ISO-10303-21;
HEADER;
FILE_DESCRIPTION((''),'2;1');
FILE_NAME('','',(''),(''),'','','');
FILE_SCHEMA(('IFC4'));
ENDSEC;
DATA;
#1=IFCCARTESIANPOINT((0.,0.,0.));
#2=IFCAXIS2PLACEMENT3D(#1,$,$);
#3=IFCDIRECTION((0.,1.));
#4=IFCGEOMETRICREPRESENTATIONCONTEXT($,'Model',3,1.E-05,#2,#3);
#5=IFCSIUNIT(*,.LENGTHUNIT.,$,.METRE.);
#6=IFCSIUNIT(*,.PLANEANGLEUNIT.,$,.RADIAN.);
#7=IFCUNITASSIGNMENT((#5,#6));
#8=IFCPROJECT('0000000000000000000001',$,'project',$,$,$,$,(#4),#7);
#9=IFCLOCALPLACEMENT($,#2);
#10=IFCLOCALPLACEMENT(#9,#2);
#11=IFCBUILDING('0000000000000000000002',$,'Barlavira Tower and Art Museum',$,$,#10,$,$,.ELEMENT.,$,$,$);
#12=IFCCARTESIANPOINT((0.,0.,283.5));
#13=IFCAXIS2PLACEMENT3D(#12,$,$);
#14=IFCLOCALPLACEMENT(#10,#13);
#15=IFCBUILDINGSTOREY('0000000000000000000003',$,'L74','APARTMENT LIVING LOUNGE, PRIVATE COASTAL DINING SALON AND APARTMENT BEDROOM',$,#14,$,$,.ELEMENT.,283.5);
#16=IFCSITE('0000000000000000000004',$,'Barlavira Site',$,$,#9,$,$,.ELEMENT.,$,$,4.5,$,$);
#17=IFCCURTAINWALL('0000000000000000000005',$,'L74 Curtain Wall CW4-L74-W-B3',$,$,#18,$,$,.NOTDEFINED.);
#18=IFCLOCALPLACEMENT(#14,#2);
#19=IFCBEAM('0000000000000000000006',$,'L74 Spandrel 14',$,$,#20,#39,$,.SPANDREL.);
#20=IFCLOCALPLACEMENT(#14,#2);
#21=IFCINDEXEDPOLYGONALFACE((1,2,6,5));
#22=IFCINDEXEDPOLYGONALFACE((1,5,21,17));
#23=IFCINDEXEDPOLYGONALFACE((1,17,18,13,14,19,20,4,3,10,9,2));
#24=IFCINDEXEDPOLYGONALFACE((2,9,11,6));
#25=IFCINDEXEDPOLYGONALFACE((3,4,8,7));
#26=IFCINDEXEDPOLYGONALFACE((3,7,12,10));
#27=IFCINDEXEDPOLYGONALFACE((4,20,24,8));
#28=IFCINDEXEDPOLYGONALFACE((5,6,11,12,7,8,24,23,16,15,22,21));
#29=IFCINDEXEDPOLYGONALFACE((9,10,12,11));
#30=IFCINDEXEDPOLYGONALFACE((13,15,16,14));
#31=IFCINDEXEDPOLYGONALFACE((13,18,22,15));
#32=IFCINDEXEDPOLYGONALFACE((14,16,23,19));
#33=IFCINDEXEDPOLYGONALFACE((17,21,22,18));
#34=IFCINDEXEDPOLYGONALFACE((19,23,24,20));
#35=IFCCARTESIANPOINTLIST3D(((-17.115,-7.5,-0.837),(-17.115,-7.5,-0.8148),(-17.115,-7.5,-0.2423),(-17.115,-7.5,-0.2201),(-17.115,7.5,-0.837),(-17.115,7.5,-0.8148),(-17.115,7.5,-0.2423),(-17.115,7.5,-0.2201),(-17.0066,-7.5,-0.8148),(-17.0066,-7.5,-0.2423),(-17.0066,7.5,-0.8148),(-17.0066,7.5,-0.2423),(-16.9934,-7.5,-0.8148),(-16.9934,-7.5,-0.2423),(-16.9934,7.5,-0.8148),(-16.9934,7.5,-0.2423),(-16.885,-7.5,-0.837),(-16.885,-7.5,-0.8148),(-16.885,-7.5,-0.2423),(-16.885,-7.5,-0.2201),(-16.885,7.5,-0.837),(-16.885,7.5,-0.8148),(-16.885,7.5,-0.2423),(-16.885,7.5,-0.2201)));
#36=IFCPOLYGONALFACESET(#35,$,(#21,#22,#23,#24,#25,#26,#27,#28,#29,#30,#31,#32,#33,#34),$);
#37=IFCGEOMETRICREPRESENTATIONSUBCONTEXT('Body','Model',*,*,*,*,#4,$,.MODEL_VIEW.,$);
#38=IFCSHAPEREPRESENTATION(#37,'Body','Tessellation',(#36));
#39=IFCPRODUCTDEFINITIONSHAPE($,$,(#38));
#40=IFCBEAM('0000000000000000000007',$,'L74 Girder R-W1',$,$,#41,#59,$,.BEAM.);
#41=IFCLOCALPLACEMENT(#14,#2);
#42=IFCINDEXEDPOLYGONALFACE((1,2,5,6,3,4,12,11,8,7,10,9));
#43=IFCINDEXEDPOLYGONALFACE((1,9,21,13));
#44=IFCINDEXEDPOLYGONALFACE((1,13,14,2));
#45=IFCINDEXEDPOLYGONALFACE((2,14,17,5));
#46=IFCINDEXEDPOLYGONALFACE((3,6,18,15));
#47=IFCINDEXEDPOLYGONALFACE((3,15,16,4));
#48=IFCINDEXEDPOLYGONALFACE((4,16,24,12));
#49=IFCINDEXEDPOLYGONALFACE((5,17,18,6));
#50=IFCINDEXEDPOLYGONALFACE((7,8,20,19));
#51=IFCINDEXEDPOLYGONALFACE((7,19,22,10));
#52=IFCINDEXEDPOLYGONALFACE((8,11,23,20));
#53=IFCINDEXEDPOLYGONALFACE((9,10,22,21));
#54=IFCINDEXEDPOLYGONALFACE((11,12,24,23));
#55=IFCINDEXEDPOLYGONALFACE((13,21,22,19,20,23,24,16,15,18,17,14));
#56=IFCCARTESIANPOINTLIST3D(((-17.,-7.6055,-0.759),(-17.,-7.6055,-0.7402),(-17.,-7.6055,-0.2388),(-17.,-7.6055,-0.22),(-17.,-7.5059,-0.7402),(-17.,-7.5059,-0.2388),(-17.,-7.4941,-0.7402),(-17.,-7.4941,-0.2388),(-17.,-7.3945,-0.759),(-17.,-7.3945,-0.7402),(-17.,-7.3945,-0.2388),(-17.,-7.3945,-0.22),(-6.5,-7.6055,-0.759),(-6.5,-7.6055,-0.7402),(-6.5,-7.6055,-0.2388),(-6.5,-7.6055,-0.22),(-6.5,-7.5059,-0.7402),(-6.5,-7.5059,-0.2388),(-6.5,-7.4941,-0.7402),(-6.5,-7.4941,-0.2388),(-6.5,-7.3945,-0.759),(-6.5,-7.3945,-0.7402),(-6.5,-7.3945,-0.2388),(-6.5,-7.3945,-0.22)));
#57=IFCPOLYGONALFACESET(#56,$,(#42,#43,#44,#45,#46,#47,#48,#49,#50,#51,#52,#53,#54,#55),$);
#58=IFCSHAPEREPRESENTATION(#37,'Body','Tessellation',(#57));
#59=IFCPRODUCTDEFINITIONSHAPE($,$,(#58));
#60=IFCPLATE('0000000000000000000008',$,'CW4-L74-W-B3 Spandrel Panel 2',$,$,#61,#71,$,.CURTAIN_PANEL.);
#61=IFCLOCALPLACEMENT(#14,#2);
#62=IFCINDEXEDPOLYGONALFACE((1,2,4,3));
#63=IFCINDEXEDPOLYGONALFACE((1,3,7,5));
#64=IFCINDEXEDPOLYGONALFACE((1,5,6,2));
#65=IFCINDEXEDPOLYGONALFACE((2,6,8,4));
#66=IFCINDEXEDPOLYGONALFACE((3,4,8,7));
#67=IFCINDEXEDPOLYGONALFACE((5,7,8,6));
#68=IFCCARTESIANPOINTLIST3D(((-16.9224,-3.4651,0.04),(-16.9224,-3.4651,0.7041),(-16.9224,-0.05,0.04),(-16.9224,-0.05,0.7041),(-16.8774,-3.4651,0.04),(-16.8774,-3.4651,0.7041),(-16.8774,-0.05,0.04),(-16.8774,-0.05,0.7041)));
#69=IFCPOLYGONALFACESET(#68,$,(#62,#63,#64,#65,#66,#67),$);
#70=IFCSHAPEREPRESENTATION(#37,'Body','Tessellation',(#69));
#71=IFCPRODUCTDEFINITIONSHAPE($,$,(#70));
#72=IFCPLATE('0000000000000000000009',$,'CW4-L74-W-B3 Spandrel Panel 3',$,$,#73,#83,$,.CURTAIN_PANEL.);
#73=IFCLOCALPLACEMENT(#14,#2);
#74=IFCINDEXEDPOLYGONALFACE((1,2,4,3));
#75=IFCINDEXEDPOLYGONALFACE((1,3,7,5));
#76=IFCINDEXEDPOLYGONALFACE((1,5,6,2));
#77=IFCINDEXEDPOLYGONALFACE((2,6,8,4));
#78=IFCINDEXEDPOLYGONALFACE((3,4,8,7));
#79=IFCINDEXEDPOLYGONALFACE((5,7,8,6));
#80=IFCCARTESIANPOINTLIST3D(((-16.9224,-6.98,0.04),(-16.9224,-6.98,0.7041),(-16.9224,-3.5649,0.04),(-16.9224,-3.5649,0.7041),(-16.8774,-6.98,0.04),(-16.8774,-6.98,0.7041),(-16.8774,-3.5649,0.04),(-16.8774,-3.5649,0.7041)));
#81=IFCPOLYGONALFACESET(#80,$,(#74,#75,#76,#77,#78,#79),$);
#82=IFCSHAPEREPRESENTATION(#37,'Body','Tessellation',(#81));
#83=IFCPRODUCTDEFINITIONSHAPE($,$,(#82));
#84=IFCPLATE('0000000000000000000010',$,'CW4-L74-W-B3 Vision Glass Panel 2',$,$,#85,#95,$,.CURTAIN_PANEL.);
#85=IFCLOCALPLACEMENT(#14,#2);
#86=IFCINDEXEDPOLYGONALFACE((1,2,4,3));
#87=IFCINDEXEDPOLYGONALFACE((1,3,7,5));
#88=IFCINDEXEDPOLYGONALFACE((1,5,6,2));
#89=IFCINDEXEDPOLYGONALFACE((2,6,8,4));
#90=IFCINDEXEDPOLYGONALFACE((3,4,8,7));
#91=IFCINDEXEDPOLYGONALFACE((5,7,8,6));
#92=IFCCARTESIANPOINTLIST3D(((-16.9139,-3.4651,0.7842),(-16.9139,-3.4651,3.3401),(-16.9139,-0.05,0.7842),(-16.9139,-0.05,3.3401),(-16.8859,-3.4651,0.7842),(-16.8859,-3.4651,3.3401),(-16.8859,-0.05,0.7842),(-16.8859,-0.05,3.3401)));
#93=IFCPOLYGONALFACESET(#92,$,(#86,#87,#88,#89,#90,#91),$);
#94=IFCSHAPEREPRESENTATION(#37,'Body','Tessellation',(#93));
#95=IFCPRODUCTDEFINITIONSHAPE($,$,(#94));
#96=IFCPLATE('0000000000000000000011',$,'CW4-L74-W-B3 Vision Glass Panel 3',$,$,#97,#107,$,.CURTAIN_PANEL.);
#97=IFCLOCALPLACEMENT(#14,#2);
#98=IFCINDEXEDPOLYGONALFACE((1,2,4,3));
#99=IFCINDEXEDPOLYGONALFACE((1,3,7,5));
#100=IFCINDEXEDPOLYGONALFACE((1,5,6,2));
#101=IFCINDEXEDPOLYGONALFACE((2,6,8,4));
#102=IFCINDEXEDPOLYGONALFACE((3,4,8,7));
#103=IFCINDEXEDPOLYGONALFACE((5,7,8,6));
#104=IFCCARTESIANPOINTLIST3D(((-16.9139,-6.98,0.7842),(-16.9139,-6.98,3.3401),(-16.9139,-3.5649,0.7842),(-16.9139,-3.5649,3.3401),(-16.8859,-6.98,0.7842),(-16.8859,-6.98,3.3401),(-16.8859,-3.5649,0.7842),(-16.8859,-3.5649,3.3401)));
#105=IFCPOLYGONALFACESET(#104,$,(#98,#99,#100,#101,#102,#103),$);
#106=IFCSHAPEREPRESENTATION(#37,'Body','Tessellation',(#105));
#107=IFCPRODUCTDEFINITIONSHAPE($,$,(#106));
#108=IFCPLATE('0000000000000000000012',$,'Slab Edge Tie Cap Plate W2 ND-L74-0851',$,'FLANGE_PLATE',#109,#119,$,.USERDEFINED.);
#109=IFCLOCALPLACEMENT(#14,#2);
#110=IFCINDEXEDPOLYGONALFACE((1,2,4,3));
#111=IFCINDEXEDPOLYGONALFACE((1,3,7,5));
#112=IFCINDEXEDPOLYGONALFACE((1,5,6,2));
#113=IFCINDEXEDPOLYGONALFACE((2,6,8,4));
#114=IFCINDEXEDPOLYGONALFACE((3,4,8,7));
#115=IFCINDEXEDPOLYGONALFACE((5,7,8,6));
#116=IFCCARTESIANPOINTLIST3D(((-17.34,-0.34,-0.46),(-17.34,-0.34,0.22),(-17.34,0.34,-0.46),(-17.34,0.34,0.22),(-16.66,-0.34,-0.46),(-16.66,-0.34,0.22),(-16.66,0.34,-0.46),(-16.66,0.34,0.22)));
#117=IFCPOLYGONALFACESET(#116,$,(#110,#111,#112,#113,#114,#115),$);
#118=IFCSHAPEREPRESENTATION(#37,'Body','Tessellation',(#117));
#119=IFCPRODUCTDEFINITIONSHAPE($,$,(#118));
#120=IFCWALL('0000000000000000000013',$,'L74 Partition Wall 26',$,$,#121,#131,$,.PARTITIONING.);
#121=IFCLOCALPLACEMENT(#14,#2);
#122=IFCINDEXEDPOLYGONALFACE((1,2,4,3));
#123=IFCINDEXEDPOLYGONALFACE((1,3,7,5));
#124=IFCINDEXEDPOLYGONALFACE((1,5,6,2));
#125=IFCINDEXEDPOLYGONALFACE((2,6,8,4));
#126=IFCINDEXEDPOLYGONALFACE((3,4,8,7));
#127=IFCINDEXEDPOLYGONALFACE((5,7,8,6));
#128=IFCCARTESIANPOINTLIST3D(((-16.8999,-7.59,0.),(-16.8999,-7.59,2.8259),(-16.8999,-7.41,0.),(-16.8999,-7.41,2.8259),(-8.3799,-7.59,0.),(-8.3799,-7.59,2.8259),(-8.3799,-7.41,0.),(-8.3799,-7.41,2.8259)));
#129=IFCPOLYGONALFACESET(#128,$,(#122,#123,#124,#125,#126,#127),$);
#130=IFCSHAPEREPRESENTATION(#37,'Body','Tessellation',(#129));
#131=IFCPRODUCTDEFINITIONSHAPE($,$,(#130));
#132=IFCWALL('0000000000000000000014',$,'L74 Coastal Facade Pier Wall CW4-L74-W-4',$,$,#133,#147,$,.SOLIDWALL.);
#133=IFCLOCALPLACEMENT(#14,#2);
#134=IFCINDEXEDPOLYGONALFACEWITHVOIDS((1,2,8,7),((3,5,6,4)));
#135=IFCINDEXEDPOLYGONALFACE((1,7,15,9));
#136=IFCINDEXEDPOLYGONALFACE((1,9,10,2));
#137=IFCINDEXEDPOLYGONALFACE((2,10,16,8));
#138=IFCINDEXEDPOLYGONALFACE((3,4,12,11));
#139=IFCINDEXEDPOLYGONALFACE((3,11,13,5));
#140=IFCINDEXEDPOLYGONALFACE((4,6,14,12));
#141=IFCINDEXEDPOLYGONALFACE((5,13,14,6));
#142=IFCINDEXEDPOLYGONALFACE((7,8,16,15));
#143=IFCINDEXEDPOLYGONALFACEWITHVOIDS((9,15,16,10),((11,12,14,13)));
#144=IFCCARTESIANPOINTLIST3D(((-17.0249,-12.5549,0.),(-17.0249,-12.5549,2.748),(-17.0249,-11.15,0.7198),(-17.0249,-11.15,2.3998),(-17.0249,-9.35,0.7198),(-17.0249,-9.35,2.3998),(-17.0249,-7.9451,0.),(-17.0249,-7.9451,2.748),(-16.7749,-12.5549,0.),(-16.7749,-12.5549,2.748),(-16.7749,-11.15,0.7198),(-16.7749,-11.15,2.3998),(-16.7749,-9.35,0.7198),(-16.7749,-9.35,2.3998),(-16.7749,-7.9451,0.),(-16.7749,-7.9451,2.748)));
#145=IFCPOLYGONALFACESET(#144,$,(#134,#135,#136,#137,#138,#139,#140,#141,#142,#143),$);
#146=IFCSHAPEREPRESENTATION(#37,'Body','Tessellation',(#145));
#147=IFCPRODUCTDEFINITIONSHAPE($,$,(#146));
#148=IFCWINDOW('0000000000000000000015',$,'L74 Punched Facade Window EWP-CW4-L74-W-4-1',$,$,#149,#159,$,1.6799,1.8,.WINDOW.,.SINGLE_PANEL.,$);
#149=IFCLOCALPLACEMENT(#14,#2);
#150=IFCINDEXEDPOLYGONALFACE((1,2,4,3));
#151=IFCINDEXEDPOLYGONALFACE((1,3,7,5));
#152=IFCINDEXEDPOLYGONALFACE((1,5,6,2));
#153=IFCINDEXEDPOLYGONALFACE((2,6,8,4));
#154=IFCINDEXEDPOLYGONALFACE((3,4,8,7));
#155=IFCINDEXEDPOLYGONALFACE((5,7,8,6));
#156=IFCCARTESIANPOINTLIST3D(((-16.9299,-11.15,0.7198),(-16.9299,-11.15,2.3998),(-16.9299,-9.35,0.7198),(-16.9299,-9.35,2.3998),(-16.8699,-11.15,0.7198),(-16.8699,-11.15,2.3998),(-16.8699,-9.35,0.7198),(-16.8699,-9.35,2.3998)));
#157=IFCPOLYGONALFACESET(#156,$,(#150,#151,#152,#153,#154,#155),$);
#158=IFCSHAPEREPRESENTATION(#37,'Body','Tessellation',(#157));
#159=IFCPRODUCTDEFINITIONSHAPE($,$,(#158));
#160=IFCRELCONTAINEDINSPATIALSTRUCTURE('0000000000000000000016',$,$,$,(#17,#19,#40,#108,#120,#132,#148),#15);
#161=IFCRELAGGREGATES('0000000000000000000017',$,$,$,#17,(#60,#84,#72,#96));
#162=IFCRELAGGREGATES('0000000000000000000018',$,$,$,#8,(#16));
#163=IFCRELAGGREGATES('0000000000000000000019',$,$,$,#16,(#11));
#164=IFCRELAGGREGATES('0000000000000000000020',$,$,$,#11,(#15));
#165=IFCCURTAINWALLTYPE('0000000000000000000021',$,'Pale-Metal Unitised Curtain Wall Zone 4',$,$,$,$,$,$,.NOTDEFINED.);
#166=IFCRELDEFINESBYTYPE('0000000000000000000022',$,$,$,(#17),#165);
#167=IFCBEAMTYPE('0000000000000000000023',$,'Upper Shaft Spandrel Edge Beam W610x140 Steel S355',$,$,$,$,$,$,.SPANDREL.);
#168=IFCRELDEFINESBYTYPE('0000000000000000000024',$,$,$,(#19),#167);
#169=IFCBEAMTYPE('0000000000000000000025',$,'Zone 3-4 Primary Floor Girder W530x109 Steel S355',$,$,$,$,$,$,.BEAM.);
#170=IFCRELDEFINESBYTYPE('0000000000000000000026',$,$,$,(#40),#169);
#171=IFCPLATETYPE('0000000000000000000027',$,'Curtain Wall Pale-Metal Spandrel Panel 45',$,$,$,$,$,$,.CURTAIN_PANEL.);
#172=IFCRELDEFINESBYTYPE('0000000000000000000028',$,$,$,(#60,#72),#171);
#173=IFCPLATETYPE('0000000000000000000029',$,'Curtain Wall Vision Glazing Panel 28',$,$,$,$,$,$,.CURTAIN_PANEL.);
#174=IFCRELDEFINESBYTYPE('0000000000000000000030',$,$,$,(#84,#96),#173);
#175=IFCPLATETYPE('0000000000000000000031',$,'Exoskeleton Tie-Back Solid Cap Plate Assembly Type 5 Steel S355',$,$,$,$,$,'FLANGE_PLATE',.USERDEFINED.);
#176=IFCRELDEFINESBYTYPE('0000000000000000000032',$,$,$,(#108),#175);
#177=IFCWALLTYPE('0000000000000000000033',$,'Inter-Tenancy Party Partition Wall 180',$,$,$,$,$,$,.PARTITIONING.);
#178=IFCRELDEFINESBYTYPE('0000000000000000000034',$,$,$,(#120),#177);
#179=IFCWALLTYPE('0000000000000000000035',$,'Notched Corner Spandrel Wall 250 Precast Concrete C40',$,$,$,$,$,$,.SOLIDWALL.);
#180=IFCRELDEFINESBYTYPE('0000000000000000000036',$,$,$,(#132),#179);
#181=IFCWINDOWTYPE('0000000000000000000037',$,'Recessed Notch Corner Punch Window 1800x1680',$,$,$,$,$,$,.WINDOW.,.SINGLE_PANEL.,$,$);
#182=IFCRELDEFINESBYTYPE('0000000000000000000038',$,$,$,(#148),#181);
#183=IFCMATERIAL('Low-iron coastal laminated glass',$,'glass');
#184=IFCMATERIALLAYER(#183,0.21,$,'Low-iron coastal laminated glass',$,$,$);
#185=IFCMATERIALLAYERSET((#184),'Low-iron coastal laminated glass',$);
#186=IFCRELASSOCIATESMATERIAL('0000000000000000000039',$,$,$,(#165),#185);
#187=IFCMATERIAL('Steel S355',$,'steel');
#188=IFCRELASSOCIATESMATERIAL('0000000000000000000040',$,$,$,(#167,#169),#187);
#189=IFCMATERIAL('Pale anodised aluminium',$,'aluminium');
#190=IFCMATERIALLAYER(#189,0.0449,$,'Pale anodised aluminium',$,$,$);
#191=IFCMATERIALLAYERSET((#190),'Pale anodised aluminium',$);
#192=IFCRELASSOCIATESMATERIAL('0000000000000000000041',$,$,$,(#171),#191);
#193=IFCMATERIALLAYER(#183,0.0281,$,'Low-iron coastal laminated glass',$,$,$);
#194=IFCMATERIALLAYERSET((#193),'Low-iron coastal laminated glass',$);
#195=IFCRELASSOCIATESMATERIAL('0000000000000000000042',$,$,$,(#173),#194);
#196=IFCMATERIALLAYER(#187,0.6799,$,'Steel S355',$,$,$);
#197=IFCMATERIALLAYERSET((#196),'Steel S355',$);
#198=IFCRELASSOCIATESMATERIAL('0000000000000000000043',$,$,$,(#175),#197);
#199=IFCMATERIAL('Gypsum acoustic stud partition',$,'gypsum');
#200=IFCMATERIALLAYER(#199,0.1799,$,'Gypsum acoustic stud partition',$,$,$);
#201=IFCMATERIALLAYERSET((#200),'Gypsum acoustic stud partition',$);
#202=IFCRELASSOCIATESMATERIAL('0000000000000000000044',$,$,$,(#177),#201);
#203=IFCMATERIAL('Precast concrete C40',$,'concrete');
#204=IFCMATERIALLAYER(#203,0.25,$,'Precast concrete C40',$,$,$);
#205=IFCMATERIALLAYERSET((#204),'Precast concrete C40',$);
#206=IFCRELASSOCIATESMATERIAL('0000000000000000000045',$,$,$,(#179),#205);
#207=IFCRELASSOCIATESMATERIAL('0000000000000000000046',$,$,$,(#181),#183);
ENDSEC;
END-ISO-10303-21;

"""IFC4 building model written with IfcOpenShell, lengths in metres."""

from ifc_helpers import new_model, si_unit, direction, frame, frame_2d, origin, origin_2d, place, context, subcontext, project, spatial, rectangle, i_section, extrude, material, layer, layer_set, material_profile, profile_set, type_object, element, fill, aggregate, save


model = new_model("IFC4")

# Units and contexts
model_context = context("Model", 3, precision=1e-05, world=origin(), true_north=direction((0.0, 1.0)))
body_context = subcontext(model_context, "Body", "Model", "MODEL_VIEW")
ifc_project = project(units=[si_unit("LENGTHUNIT", "METRE"), si_unit("PLANEANGLEUNIT", "RADIAN")], contexts=[model_context])

# Site, building, storey
site_placement = place(None, origin())
site = spatial("IfcSite", under=ifc_project, at=site_placement, Name="Barlavira Site", CompositionType="ELEMENT", RefElevation=4.5)
building_placement = place(site_placement, origin())
building = spatial("IfcBuilding", under=site, at=building_placement, Name="Barlavira Tower and Art Museum", CompositionType="ELEMENT")
storey_placement = place(building_placement, frame((0.0, 0.0, 283.5)))
storey = spatial("IfcBuildingStorey", under=building, at=storey_placement, Name="L74", Description="APARTMENT LIVING LOUNGE, PRIVATE COASTAL DINING SALON AND APARTMENT BEDROOM", CompositionType="ELEMENT", Elevation=283.5)

# Curtain wall
ifc_material_1 = material(Name="Low-iron coastal laminated glass", Category="glass")
ifc_layer_1 = layer(ifc_material_1, 0.21, Name="Low-iron coastal laminated glass")
ifc_layer_set_1 = layer_set([ifc_layer_1], Name="Low-iron coastal laminated glass")
curtain_wall_type = type_object("IfcCurtainWallType", Name="Pale-Metal Unitised Curtain Wall Zone 4", PredefinedType="NOTDEFINED", material=ifc_layer_set_1)
curtain_wall_placement = place(storey_placement, origin())
curtain_wall = element("IfcCurtainWall", 1, at=curtain_wall_placement, inside=storey, type_object=curtain_wall_type, Name="L74 Curtain Wall CW4-L74-W-B3", PredefinedType="NOTDEFINED")
ifc_material_2 = material(Name="Pale anodised aluminium", Category="aluminium")

# Shared definitions
ifc_material_3 = material(Name="Steel S355", Category="steel")

# Beams
ifc_material_profile_1 = material_profile(ifc_material_3, i_section(OverallWidth=0.23, OverallDepth=0.6169, WebThickness=0.0132, FlangeThickness=0.0222, at=origin_2d()), Name="W610x140.0")
ifc_profile_set_1 = profile_set([ifc_material_profile_1], Name="Steel S355")
beam_type_1 = type_object("IfcBeamType", Name="Upper Shaft Spandrel Edge Beam W610x140 Steel S355", PredefinedType="SPANDREL", material=ifc_profile_set_1)
beam_1_placement = place(storey_placement, frame((-17.0, -7.5, -0.5286), z_axis=(0.0, 1.0, 0.0), x_axis=(-1.0, 0.0, 0.0)))
element("IfcBeam", 2, at=beam_1_placement, inside=storey, type_object=beam_type_1, Name="L74 Spandrel 14", PredefinedType="SPANDREL", context=body_context, shape_type="SweptSolid", body=[
    extrude(i_section(OverallWidth=0.23, OverallDepth=0.6169, WebThickness=0.0132, FlangeThickness=0.0222, at=origin_2d()), origin(), (0.0, 0.0, 1.0), 15.0),
])
ifc_material_profile_2 = material_profile(ifc_material_3, i_section(OverallWidth=0.2109, OverallDepth=0.5391, WebThickness=0.0117, FlangeThickness=0.0188, at=origin_2d()), Name="W530x109.0")
ifc_profile_set_2 = profile_set([ifc_material_profile_2], Name="Steel S355")
beam_type_2 = type_object("IfcBeamType", Name="Zone 3-4 Primary Floor Girder W530x109 Steel S355", PredefinedType="BEAM", material=ifc_profile_set_2)
beam_2_placement = place(storey_placement, frame((-17.0, -7.5, -0.4895), z_axis=(1.0, 0.0, 0.0), x_axis=(0.0, 1.0, 0.0)))
element("IfcBeam", 3, at=beam_2_placement, inside=storey, type_object=beam_type_2, Name="L74 Girder R-W1", PredefinedType="BEAM", context=body_context, shape_type="SweptSolid", body=[
    extrude(i_section(OverallWidth=0.2109, OverallDepth=0.5391, WebThickness=0.0117, FlangeThickness=0.0188, at=origin_2d()), origin(), (0.0, 0.0, 1.0), 10.5),
])

# Plates
ifc_layer_2 = layer(ifc_material_2, 0.0449, Name="Pale anodised aluminium")
ifc_layer_set_2 = layer_set([ifc_layer_2], Name="Pale anodised aluminium")
plate_type_1 = type_object("IfcPlateType", Name="Curtain Wall Pale-Metal Spandrel Panel 45", PredefinedType="CURTAIN_PANEL", material=ifc_layer_set_2)
plate_1_placement = place(storey_placement, frame((-16.8999, -1.7576, 0.04), z_axis=(0.0, 0.0, 1.0), x_axis=(0.0, -1.0, 0.0)))
plate_1 = element("IfcPlate", 4, at=plate_1_placement, type_object=plate_type_1, Name="CW4-L74-W-B3 Spandrel Panel 2", PredefinedType="CURTAIN_PANEL", context=body_context, shape_type="SweptSolid", body=[
    extrude(rectangle(XDim=3.415, YDim=0.0449, at=origin_2d()), origin(), (0.0, 0.0, 1.0), 0.6641),
])
plate_2_placement = place(storey_placement, frame((-16.8999, -5.2725, 0.04), z_axis=(0.0, 0.0, 1.0), x_axis=(0.0, -1.0, 0.0)))
plate_2 = element("IfcPlate", 5, at=plate_2_placement, type_object=plate_type_1, Name="CW4-L74-W-B3 Spandrel Panel 3", PredefinedType="CURTAIN_PANEL", context=body_context, shape_type="SweptSolid", body=[
    extrude(rectangle(XDim=3.415, YDim=0.0449, at=origin_2d()), origin(), (0.0, 0.0, 1.0), 0.6641),
])
ifc_layer_3 = layer(ifc_material_1, 0.0281, Name="Low-iron coastal laminated glass")
ifc_layer_set_3 = layer_set([ifc_layer_3], Name="Low-iron coastal laminated glass")
plate_type_2 = type_object("IfcPlateType", Name="Curtain Wall Vision Glazing Panel 28", PredefinedType="CURTAIN_PANEL", material=ifc_layer_set_3)
plate_3_placement = place(storey_placement, frame((-16.8999, -1.7576, 0.7842), z_axis=(0.0, 0.0, 1.0), x_axis=(0.0, -1.0, 0.0)))
plate_3 = element("IfcPlate", 6, at=plate_3_placement, type_object=plate_type_2, Name="CW4-L74-W-B3 Vision Glass Panel 2", PredefinedType="CURTAIN_PANEL", context=body_context, shape_type="SweptSolid", body=[
    extrude(rectangle(XDim=3.415, YDim=0.0281, at=origin_2d()), origin(), (0.0, 0.0, 1.0), 2.5559),
])
plate_4_placement = place(storey_placement, frame((-16.8999, -5.2725, 0.7842), z_axis=(0.0, 0.0, 1.0), x_axis=(0.0, -1.0, 0.0)))
plate_4 = element("IfcPlate", 7, at=plate_4_placement, type_object=plate_type_2, Name="CW4-L74-W-B3 Vision Glass Panel 3", PredefinedType="CURTAIN_PANEL", context=body_context, shape_type="SweptSolid", body=[
    extrude(rectangle(XDim=3.415, YDim=0.0281, at=origin_2d()), origin(), (0.0, 0.0, 1.0), 2.5559),
])
aggregate(curtain_wall, [plate_1, plate_3, plate_2, plate_4])
ifc_layer_4 = layer(ifc_material_3, 0.6799, Name="Steel S355")
ifc_layer_set_4 = layer_set([ifc_layer_4], Name="Steel S355")
plate_type_3 = type_object("IfcPlateType", Name="Exoskeleton Tie-Back Solid Cap Plate Assembly Type 5 Steel S355", ElementType="FLANGE_PLATE", PredefinedType="USERDEFINED", material=ifc_layer_set_4)
plate_5_placement = place(storey_placement, frame((-17.0, 0.0, -0.46), z_axis=(0.0, 0.0, 1.0), x_axis=(1.0, 0.0, 0.0)))
element("IfcPlate", 8, at=plate_5_placement, inside=storey, type_object=plate_type_3, Name="Slab Edge Tie Cap Plate W2 ND-L74-0851", ObjectType="FLANGE_PLATE", PredefinedType="USERDEFINED", context=body_context, shape_type="SweptSolid", body=[
    extrude(rectangle(XDim=0.6799, YDim=0.6799, at=origin_2d()), origin(), (0.0, 0.0, 1.0), 0.6799),
])

# Wall
ifc_material_4 = material(Name="Gypsum acoustic stud partition", Category="gypsum")
ifc_layer_5 = layer(ifc_material_4, 0.1799, Name="Gypsum acoustic stud partition")
ifc_layer_set_5 = layer_set([ifc_layer_5], Name="Gypsum acoustic stud partition")
wall_type_1 = type_object("IfcWallType", Name="Inter-Tenancy Party Partition Wall 180", PredefinedType="PARTITIONING", material=ifc_layer_set_5)
wall_1_placement = place(storey_placement, frame((-16.8999, -7.5, 0.0), z_axis=(0.0, 0.0, 1.0), x_axis=(1.0, 0.0, 0.0)))
element("IfcWall", 9, at=wall_1_placement, inside=storey, type_object=wall_type_1, Name="L74 Partition Wall 26", PredefinedType="PARTITIONING", context=body_context, shape_type="SweptSolid", body=[
    extrude(rectangle(XDim=8.52, YDim=0.1799, at=frame_2d((4.26, 0.0))), origin(), (0.0, 0.0, 1.0), 2.8259),
])

# Wall, opening, window
ifc_material_5 = material(Name="Precast concrete C40", Category="concrete")
ifc_layer_6 = layer(ifc_material_5, 0.25, Name="Precast concrete C40")
ifc_layer_set_6 = layer_set([ifc_layer_6], Name="Precast concrete C40")
wall_type_2 = type_object("IfcWallType", Name="Notched Corner Spandrel Wall 250 Precast Concrete C40", PredefinedType="SOLIDWALL", material=ifc_layer_set_6)
wall_2_placement = place(storey_placement, frame((-16.8999, -7.9451, 0.0), z_axis=(0.0, 0.0, 1.0), x_axis=(0.0, -1.0, 0.0)))
wall_2 = element("IfcWall", 10, at=wall_2_placement, inside=storey, type_object=wall_type_2, Name="L74 Coastal Facade Pier Wall CW4-L74-W-4", PredefinedType="SOLIDWALL", context=body_context, shape_type="SweptSolid", body=[
    extrude(rectangle(XDim=4.6099, YDim=0.25, at=frame_2d((2.3049, 0.0))), origin(), (0.0, 0.0, 1.0), 2.748),
])
opening_placement = place(wall_2_placement, frame((1.405, 0.0, 0.72)))
opening = element("IfcOpeningElement", 11, at=opening_placement, cuts=wall_2, PredefinedType="OPENING", context=body_context, shape_type="SweptSolid", body=[
    extrude(rectangle(XDim=1.8, YDim=1.6799, at=frame_2d((0.8999, 0.8398))), frame((0.0, 0.135, 0.0), z_axis=(0.0, -1.0, 0.0), x_axis=(1.0, 0.0, 0.0)), (0.0, 0.0, 1.0), 0.27),
])
window_type = type_object("IfcWindowType", Name="Recessed Notch Corner Punch Window 1800x1680", PartitioningType="SINGLE_PANEL", PredefinedType="WINDOW", material=ifc_material_1)
window_placement = place(opening_placement, origin())
window = element("IfcWindow", 12, at=window_placement, inside=storey, type_object=window_type, Name="L74 Punched Facade Window EWP-CW4-L74-W-4-1", OverallHeight=1.6799, OverallWidth=1.8, PartitioningType="SINGLE_PANEL", PredefinedType="WINDOW", context=body_context, shape_type="SweptSolid", body=[
    extrude(rectangle(XDim=1.8, YDim=1.6799, at=frame_2d((0.8999, 0.8398))), frame((0.0, 0.03, 0.0), z_axis=(0.0, -1.0, 0.0), x_axis=(1.0, 0.0, 0.0)), (0.0, 0.0, 1.0), 0.0601),
])
fill(opening, window)

save(model, "model.ifc")
